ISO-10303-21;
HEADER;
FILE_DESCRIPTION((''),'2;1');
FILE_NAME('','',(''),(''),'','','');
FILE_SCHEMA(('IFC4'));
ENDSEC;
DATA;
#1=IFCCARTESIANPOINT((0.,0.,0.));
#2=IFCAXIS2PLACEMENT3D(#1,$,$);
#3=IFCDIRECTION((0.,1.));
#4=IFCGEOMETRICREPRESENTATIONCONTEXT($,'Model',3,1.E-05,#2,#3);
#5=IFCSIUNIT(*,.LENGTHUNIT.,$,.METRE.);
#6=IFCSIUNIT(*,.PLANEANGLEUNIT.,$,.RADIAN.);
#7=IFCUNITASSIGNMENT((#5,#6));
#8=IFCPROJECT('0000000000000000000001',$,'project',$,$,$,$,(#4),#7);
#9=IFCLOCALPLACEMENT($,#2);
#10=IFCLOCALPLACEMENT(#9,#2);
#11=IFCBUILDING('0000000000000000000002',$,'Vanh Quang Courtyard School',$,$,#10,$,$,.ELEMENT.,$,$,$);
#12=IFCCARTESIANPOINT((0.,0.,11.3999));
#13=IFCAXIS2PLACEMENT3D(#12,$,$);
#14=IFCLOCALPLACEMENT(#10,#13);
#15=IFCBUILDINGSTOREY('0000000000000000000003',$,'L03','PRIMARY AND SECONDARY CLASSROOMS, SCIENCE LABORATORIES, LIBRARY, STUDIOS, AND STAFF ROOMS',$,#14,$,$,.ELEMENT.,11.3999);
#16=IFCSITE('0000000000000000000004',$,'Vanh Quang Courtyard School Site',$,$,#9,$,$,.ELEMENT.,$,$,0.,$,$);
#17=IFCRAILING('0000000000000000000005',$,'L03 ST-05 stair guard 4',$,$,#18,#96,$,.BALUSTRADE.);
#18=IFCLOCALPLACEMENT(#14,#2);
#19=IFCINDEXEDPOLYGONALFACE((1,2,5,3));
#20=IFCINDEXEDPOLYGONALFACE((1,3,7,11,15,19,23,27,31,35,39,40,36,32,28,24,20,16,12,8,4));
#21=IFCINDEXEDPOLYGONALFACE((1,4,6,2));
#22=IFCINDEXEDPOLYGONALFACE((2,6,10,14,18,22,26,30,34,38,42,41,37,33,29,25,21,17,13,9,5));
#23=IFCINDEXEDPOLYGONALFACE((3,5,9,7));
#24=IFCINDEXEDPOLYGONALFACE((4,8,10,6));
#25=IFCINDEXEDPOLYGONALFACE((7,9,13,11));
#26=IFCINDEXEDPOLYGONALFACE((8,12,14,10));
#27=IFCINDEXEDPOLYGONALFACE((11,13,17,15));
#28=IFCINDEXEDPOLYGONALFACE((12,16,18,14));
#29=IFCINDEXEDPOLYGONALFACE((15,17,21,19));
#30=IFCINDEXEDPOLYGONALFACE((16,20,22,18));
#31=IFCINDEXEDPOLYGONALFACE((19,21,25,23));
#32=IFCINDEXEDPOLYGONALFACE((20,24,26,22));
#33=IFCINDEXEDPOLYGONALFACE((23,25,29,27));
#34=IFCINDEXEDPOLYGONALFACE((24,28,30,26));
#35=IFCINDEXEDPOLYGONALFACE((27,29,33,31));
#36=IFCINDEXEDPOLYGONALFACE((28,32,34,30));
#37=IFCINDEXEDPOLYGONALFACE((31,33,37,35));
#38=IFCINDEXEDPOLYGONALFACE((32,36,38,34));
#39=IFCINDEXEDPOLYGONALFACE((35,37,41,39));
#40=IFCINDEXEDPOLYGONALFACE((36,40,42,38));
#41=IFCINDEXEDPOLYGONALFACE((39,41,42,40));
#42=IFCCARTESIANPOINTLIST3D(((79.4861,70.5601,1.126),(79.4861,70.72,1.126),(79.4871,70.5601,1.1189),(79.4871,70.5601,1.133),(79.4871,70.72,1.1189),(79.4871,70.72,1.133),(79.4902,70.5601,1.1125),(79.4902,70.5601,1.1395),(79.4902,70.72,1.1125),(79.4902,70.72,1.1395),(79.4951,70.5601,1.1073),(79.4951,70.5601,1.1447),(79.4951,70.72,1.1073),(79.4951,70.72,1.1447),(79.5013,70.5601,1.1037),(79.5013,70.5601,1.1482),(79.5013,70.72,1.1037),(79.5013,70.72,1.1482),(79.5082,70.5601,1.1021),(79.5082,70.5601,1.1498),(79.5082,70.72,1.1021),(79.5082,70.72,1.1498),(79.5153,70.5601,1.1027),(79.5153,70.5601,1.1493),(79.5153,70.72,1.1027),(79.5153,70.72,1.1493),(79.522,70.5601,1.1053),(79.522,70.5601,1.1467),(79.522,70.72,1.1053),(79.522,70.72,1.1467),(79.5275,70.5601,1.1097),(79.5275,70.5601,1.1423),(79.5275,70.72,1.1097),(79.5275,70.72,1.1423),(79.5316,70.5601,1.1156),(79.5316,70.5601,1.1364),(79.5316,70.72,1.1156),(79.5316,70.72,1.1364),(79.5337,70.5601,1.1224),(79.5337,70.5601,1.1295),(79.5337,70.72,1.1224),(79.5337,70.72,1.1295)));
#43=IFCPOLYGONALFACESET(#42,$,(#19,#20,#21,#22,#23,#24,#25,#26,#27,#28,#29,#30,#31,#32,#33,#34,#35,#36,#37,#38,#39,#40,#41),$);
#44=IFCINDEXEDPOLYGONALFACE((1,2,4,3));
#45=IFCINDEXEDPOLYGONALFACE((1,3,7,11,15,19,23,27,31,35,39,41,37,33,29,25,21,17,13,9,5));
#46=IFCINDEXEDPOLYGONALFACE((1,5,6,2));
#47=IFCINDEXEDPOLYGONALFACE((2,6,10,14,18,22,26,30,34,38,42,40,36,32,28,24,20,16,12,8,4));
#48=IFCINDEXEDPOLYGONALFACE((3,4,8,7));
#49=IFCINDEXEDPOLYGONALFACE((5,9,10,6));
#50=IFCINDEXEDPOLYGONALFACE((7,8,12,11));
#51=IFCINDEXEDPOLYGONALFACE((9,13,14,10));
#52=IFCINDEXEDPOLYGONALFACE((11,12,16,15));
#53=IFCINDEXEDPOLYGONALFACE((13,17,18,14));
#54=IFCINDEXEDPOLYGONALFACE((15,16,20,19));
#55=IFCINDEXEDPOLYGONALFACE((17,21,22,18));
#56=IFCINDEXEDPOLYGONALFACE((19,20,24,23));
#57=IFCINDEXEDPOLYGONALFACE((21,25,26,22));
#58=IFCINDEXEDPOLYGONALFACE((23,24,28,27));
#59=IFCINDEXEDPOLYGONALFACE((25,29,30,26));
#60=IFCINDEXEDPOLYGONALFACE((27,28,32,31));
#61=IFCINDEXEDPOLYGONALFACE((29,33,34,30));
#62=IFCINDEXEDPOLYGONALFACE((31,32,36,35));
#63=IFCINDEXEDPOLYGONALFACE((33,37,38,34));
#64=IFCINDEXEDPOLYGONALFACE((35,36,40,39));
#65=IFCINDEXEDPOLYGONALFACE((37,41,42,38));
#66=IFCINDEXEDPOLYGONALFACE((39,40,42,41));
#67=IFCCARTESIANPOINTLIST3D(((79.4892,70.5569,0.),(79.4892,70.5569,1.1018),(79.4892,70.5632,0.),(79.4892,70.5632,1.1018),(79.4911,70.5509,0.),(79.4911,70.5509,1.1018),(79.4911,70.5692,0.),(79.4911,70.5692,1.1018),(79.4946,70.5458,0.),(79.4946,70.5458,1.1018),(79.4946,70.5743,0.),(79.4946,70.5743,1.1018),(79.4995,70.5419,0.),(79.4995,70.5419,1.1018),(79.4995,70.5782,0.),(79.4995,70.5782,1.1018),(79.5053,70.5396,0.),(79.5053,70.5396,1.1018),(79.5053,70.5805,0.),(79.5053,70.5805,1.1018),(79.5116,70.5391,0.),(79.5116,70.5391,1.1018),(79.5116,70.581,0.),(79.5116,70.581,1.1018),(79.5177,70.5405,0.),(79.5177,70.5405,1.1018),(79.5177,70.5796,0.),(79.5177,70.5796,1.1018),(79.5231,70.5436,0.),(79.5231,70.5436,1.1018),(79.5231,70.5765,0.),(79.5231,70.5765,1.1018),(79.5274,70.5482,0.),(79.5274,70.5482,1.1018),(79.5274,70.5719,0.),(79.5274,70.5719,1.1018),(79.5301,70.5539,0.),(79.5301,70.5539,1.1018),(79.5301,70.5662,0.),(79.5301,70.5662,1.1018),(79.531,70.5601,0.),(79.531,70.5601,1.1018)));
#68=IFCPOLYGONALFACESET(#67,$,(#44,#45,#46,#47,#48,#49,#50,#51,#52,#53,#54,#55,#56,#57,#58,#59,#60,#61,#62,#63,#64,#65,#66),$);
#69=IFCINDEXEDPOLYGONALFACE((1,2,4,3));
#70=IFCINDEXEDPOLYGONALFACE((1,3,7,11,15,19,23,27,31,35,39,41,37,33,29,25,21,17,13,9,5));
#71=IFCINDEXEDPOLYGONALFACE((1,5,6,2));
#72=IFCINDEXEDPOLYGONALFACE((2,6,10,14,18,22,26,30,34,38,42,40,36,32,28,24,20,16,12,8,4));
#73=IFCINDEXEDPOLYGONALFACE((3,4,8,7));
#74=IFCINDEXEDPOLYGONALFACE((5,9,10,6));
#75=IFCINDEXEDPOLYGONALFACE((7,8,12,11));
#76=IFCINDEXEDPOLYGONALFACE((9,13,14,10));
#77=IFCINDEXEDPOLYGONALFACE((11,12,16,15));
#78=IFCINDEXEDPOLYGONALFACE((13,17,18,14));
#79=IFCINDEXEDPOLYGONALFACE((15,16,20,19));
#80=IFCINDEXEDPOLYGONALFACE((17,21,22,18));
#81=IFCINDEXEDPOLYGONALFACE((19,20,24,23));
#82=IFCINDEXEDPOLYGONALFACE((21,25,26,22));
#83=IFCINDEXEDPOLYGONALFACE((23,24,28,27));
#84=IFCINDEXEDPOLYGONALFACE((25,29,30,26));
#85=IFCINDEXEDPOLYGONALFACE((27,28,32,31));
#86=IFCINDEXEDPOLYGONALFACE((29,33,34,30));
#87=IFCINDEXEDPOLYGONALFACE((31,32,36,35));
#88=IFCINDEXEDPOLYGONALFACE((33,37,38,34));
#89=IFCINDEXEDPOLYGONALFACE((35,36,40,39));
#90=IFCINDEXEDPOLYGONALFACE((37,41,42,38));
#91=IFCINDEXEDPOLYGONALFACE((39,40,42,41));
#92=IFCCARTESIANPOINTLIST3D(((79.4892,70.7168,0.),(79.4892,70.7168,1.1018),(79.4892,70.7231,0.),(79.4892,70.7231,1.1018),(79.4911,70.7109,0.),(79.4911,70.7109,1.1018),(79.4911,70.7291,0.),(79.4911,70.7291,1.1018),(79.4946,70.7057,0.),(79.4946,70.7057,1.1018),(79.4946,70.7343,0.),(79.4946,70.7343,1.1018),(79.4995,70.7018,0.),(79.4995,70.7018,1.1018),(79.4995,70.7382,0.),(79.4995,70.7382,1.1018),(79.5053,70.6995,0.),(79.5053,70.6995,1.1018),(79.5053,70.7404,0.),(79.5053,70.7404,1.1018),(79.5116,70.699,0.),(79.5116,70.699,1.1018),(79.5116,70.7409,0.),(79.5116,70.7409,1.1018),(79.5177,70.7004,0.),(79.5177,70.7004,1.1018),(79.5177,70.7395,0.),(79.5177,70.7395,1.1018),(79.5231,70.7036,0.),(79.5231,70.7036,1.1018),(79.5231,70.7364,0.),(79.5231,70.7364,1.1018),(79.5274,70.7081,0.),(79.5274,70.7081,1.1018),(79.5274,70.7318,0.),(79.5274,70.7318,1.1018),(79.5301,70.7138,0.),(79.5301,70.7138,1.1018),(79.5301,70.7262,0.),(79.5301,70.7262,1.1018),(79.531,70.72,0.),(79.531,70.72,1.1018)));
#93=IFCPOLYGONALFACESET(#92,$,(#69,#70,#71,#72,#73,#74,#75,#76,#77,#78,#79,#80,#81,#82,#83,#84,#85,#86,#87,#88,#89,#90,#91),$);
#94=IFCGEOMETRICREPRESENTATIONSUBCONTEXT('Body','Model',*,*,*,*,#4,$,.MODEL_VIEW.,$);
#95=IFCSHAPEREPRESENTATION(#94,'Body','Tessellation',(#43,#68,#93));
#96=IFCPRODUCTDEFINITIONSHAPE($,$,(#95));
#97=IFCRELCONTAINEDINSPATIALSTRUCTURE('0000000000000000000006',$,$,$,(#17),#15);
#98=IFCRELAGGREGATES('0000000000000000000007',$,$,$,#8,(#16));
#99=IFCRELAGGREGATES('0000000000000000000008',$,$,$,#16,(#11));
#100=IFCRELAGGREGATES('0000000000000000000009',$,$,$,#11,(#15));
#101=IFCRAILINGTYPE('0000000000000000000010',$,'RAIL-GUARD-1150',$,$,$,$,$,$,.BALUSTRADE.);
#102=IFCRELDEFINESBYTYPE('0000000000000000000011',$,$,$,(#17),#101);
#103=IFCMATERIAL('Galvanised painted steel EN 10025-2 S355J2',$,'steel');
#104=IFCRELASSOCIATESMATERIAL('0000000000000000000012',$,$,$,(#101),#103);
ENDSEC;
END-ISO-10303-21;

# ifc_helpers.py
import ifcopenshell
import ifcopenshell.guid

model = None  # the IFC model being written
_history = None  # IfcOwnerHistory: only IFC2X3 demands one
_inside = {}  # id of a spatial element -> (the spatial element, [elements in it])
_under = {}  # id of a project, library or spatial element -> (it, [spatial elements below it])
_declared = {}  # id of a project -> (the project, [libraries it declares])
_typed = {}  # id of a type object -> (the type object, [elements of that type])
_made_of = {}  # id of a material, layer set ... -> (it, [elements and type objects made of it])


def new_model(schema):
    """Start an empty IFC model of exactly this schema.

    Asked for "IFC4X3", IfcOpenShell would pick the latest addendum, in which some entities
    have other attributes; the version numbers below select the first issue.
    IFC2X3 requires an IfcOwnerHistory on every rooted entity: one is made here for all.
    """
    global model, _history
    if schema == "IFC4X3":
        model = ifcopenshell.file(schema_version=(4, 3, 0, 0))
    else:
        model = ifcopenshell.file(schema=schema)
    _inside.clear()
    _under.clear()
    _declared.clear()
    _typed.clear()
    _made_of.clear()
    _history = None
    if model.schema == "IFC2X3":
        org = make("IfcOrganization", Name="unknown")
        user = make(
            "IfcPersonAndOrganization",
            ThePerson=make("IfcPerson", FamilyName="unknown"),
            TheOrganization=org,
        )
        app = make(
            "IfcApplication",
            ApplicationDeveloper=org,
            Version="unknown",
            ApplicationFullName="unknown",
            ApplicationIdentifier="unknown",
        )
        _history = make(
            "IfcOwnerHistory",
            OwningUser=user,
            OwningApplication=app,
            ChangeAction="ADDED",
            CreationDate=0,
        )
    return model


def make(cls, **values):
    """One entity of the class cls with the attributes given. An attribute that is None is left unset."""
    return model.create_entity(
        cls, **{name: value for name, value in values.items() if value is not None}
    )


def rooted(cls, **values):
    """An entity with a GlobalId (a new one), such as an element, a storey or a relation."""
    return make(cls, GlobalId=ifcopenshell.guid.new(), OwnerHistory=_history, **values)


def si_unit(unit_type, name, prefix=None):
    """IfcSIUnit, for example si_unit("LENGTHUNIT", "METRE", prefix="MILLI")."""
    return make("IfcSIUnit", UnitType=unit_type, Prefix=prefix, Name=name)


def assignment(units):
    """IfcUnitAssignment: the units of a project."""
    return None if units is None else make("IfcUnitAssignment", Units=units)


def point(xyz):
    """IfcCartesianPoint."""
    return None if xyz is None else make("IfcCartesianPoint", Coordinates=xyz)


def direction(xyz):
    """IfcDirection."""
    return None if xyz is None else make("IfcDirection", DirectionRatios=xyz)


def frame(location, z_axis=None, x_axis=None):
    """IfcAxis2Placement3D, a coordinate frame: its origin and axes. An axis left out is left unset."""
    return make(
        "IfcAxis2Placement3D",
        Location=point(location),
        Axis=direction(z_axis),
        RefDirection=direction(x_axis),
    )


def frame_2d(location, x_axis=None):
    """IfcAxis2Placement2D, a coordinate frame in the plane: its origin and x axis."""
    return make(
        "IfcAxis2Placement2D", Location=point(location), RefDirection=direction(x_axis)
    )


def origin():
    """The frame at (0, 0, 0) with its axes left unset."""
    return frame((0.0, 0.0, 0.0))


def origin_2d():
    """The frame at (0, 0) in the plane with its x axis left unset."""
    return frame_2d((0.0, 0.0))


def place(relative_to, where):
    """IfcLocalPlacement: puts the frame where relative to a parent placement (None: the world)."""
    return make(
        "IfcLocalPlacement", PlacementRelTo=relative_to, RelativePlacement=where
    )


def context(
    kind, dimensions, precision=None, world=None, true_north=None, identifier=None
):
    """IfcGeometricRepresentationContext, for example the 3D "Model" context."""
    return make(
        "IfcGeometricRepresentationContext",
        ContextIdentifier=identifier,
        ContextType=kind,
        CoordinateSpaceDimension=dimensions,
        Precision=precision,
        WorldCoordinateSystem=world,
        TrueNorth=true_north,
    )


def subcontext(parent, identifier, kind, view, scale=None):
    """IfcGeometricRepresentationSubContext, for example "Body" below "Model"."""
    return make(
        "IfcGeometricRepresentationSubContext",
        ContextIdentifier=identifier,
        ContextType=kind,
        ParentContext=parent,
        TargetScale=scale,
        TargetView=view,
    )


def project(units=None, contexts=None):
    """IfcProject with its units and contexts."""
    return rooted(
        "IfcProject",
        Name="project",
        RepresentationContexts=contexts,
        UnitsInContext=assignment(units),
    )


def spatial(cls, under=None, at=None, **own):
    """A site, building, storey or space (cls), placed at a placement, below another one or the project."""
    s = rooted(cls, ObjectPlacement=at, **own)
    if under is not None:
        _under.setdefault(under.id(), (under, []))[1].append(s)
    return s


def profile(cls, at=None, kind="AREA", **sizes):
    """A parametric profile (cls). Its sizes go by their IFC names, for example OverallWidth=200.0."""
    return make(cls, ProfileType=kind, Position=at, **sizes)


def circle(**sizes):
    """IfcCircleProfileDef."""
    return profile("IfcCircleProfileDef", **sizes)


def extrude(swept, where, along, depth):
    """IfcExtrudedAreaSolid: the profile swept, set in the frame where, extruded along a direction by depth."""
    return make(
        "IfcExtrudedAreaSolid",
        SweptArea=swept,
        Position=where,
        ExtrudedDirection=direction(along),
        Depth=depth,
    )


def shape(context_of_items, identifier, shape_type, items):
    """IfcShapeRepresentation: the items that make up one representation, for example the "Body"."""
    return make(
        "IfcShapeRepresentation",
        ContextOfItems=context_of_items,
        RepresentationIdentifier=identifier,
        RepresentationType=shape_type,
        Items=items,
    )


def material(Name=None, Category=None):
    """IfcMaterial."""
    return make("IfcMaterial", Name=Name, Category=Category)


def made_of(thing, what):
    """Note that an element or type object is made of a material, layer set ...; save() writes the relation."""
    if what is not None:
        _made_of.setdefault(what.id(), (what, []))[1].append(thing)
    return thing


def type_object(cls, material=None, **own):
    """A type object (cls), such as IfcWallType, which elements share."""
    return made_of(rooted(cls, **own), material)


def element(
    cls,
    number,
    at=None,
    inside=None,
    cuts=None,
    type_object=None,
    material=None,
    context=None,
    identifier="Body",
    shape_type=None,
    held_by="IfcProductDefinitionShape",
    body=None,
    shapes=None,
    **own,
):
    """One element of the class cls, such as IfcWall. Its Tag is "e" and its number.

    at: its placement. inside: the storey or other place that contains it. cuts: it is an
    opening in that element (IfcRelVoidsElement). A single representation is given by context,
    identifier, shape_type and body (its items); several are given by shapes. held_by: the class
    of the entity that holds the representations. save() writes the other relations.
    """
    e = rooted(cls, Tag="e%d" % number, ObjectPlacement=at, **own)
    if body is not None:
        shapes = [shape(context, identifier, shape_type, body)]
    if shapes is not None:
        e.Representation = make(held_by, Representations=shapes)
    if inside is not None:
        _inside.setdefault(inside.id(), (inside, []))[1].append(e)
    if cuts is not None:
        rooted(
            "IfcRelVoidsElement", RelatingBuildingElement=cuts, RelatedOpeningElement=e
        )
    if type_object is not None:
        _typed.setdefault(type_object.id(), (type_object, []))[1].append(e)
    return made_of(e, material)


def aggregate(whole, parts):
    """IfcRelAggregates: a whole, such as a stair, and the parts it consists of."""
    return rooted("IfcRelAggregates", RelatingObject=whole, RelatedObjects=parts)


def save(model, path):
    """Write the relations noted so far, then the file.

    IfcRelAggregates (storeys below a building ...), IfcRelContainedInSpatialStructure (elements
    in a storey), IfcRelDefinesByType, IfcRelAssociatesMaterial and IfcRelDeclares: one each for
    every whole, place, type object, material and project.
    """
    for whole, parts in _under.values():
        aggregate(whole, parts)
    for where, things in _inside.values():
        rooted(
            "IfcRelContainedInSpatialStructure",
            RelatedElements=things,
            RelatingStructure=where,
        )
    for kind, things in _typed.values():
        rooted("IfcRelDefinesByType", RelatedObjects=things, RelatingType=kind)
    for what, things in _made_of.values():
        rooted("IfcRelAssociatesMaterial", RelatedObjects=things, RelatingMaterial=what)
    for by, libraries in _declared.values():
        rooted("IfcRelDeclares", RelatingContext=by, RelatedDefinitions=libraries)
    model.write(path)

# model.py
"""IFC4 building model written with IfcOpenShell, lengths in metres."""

from ifc_helpers import new_model, si_unit, direction, frame, origin, origin_2d, place, context, subcontext, project, spatial, circle, extrude, material, type_object, element, save


model = new_model("IFC4")

# Units and contexts
model_context = context("Model", 3, precision=1e-05, world=origin(), true_north=direction((0.0, 1.0)))
body_context = subcontext(model_context, "Body", "Model", "MODEL_VIEW")
ifc_project = project(units=[si_unit("LENGTHUNIT", "METRE"), si_unit("PLANEANGLEUNIT", "RADIAN")], contexts=[model_context])

# Site, building, storey
site_placement = place(None, origin())
site = spatial("IfcSite", under=ifc_project, at=site_placement, Name="Vanh Quang Courtyard School Site", CompositionType="ELEMENT", RefElevation=0.0)
building_placement = place(site_placement, origin())
building = spatial("IfcBuilding", under=site, at=building_placement, Name="Vanh Quang Courtyard School", CompositionType="ELEMENT")
storey_placement = place(building_placement, frame((0.0, 0.0, 11.3999)))
storey = spatial("IfcBuildingStorey", under=building, at=storey_placement, Name="L03", Description="PRIMARY AND SECONDARY CLASSROOMS, SCIENCE LABORATORIES, LIBRARY, STUDIOS, AND STAFF ROOMS", CompositionType="ELEMENT", Elevation=11.3999)

# Railing
ifc_material_1 = material(Name="Galvanised painted steel EN 10025-2 S355J2", Category="steel")
railing_type_1 = type_object("IfcRailingType", Name="RAIL-GUARD-1150", PredefinedType="BALUSTRADE", material=ifc_material_1)
railing_1_placement = place(storey_placement, frame((79.51, 70.5601, 0.0)))
element("IfcRailing", 1, at=railing_1_placement, inside=storey, type_object=railing_type_1, Name="L03 ST-05 stair guard 4", PredefinedType="BALUSTRADE", context=body_context, shape_type="SweptSolid", body=[
    extrude(circle(Radius=0.0239, at=origin_2d()), frame((0.0, 0.0, 1.126), z_axis=(0.0, 1.0, 0.0), x_axis=(-1.0, 0.0, 0.0)), (0.0, 0.0, 1.0), 0.1599),
    extrude(circle(Radius=0.021, at=origin_2d()), origin(), (0.0, 0.0, 1.0), 1.1018),
    extrude(circle(Radius=0.021, at=origin_2d()), frame((0.0, 0.1599, 0.0)), (0.0, 0.0, 1.0), 1.1018),
])

save(model, "model.ifc")
